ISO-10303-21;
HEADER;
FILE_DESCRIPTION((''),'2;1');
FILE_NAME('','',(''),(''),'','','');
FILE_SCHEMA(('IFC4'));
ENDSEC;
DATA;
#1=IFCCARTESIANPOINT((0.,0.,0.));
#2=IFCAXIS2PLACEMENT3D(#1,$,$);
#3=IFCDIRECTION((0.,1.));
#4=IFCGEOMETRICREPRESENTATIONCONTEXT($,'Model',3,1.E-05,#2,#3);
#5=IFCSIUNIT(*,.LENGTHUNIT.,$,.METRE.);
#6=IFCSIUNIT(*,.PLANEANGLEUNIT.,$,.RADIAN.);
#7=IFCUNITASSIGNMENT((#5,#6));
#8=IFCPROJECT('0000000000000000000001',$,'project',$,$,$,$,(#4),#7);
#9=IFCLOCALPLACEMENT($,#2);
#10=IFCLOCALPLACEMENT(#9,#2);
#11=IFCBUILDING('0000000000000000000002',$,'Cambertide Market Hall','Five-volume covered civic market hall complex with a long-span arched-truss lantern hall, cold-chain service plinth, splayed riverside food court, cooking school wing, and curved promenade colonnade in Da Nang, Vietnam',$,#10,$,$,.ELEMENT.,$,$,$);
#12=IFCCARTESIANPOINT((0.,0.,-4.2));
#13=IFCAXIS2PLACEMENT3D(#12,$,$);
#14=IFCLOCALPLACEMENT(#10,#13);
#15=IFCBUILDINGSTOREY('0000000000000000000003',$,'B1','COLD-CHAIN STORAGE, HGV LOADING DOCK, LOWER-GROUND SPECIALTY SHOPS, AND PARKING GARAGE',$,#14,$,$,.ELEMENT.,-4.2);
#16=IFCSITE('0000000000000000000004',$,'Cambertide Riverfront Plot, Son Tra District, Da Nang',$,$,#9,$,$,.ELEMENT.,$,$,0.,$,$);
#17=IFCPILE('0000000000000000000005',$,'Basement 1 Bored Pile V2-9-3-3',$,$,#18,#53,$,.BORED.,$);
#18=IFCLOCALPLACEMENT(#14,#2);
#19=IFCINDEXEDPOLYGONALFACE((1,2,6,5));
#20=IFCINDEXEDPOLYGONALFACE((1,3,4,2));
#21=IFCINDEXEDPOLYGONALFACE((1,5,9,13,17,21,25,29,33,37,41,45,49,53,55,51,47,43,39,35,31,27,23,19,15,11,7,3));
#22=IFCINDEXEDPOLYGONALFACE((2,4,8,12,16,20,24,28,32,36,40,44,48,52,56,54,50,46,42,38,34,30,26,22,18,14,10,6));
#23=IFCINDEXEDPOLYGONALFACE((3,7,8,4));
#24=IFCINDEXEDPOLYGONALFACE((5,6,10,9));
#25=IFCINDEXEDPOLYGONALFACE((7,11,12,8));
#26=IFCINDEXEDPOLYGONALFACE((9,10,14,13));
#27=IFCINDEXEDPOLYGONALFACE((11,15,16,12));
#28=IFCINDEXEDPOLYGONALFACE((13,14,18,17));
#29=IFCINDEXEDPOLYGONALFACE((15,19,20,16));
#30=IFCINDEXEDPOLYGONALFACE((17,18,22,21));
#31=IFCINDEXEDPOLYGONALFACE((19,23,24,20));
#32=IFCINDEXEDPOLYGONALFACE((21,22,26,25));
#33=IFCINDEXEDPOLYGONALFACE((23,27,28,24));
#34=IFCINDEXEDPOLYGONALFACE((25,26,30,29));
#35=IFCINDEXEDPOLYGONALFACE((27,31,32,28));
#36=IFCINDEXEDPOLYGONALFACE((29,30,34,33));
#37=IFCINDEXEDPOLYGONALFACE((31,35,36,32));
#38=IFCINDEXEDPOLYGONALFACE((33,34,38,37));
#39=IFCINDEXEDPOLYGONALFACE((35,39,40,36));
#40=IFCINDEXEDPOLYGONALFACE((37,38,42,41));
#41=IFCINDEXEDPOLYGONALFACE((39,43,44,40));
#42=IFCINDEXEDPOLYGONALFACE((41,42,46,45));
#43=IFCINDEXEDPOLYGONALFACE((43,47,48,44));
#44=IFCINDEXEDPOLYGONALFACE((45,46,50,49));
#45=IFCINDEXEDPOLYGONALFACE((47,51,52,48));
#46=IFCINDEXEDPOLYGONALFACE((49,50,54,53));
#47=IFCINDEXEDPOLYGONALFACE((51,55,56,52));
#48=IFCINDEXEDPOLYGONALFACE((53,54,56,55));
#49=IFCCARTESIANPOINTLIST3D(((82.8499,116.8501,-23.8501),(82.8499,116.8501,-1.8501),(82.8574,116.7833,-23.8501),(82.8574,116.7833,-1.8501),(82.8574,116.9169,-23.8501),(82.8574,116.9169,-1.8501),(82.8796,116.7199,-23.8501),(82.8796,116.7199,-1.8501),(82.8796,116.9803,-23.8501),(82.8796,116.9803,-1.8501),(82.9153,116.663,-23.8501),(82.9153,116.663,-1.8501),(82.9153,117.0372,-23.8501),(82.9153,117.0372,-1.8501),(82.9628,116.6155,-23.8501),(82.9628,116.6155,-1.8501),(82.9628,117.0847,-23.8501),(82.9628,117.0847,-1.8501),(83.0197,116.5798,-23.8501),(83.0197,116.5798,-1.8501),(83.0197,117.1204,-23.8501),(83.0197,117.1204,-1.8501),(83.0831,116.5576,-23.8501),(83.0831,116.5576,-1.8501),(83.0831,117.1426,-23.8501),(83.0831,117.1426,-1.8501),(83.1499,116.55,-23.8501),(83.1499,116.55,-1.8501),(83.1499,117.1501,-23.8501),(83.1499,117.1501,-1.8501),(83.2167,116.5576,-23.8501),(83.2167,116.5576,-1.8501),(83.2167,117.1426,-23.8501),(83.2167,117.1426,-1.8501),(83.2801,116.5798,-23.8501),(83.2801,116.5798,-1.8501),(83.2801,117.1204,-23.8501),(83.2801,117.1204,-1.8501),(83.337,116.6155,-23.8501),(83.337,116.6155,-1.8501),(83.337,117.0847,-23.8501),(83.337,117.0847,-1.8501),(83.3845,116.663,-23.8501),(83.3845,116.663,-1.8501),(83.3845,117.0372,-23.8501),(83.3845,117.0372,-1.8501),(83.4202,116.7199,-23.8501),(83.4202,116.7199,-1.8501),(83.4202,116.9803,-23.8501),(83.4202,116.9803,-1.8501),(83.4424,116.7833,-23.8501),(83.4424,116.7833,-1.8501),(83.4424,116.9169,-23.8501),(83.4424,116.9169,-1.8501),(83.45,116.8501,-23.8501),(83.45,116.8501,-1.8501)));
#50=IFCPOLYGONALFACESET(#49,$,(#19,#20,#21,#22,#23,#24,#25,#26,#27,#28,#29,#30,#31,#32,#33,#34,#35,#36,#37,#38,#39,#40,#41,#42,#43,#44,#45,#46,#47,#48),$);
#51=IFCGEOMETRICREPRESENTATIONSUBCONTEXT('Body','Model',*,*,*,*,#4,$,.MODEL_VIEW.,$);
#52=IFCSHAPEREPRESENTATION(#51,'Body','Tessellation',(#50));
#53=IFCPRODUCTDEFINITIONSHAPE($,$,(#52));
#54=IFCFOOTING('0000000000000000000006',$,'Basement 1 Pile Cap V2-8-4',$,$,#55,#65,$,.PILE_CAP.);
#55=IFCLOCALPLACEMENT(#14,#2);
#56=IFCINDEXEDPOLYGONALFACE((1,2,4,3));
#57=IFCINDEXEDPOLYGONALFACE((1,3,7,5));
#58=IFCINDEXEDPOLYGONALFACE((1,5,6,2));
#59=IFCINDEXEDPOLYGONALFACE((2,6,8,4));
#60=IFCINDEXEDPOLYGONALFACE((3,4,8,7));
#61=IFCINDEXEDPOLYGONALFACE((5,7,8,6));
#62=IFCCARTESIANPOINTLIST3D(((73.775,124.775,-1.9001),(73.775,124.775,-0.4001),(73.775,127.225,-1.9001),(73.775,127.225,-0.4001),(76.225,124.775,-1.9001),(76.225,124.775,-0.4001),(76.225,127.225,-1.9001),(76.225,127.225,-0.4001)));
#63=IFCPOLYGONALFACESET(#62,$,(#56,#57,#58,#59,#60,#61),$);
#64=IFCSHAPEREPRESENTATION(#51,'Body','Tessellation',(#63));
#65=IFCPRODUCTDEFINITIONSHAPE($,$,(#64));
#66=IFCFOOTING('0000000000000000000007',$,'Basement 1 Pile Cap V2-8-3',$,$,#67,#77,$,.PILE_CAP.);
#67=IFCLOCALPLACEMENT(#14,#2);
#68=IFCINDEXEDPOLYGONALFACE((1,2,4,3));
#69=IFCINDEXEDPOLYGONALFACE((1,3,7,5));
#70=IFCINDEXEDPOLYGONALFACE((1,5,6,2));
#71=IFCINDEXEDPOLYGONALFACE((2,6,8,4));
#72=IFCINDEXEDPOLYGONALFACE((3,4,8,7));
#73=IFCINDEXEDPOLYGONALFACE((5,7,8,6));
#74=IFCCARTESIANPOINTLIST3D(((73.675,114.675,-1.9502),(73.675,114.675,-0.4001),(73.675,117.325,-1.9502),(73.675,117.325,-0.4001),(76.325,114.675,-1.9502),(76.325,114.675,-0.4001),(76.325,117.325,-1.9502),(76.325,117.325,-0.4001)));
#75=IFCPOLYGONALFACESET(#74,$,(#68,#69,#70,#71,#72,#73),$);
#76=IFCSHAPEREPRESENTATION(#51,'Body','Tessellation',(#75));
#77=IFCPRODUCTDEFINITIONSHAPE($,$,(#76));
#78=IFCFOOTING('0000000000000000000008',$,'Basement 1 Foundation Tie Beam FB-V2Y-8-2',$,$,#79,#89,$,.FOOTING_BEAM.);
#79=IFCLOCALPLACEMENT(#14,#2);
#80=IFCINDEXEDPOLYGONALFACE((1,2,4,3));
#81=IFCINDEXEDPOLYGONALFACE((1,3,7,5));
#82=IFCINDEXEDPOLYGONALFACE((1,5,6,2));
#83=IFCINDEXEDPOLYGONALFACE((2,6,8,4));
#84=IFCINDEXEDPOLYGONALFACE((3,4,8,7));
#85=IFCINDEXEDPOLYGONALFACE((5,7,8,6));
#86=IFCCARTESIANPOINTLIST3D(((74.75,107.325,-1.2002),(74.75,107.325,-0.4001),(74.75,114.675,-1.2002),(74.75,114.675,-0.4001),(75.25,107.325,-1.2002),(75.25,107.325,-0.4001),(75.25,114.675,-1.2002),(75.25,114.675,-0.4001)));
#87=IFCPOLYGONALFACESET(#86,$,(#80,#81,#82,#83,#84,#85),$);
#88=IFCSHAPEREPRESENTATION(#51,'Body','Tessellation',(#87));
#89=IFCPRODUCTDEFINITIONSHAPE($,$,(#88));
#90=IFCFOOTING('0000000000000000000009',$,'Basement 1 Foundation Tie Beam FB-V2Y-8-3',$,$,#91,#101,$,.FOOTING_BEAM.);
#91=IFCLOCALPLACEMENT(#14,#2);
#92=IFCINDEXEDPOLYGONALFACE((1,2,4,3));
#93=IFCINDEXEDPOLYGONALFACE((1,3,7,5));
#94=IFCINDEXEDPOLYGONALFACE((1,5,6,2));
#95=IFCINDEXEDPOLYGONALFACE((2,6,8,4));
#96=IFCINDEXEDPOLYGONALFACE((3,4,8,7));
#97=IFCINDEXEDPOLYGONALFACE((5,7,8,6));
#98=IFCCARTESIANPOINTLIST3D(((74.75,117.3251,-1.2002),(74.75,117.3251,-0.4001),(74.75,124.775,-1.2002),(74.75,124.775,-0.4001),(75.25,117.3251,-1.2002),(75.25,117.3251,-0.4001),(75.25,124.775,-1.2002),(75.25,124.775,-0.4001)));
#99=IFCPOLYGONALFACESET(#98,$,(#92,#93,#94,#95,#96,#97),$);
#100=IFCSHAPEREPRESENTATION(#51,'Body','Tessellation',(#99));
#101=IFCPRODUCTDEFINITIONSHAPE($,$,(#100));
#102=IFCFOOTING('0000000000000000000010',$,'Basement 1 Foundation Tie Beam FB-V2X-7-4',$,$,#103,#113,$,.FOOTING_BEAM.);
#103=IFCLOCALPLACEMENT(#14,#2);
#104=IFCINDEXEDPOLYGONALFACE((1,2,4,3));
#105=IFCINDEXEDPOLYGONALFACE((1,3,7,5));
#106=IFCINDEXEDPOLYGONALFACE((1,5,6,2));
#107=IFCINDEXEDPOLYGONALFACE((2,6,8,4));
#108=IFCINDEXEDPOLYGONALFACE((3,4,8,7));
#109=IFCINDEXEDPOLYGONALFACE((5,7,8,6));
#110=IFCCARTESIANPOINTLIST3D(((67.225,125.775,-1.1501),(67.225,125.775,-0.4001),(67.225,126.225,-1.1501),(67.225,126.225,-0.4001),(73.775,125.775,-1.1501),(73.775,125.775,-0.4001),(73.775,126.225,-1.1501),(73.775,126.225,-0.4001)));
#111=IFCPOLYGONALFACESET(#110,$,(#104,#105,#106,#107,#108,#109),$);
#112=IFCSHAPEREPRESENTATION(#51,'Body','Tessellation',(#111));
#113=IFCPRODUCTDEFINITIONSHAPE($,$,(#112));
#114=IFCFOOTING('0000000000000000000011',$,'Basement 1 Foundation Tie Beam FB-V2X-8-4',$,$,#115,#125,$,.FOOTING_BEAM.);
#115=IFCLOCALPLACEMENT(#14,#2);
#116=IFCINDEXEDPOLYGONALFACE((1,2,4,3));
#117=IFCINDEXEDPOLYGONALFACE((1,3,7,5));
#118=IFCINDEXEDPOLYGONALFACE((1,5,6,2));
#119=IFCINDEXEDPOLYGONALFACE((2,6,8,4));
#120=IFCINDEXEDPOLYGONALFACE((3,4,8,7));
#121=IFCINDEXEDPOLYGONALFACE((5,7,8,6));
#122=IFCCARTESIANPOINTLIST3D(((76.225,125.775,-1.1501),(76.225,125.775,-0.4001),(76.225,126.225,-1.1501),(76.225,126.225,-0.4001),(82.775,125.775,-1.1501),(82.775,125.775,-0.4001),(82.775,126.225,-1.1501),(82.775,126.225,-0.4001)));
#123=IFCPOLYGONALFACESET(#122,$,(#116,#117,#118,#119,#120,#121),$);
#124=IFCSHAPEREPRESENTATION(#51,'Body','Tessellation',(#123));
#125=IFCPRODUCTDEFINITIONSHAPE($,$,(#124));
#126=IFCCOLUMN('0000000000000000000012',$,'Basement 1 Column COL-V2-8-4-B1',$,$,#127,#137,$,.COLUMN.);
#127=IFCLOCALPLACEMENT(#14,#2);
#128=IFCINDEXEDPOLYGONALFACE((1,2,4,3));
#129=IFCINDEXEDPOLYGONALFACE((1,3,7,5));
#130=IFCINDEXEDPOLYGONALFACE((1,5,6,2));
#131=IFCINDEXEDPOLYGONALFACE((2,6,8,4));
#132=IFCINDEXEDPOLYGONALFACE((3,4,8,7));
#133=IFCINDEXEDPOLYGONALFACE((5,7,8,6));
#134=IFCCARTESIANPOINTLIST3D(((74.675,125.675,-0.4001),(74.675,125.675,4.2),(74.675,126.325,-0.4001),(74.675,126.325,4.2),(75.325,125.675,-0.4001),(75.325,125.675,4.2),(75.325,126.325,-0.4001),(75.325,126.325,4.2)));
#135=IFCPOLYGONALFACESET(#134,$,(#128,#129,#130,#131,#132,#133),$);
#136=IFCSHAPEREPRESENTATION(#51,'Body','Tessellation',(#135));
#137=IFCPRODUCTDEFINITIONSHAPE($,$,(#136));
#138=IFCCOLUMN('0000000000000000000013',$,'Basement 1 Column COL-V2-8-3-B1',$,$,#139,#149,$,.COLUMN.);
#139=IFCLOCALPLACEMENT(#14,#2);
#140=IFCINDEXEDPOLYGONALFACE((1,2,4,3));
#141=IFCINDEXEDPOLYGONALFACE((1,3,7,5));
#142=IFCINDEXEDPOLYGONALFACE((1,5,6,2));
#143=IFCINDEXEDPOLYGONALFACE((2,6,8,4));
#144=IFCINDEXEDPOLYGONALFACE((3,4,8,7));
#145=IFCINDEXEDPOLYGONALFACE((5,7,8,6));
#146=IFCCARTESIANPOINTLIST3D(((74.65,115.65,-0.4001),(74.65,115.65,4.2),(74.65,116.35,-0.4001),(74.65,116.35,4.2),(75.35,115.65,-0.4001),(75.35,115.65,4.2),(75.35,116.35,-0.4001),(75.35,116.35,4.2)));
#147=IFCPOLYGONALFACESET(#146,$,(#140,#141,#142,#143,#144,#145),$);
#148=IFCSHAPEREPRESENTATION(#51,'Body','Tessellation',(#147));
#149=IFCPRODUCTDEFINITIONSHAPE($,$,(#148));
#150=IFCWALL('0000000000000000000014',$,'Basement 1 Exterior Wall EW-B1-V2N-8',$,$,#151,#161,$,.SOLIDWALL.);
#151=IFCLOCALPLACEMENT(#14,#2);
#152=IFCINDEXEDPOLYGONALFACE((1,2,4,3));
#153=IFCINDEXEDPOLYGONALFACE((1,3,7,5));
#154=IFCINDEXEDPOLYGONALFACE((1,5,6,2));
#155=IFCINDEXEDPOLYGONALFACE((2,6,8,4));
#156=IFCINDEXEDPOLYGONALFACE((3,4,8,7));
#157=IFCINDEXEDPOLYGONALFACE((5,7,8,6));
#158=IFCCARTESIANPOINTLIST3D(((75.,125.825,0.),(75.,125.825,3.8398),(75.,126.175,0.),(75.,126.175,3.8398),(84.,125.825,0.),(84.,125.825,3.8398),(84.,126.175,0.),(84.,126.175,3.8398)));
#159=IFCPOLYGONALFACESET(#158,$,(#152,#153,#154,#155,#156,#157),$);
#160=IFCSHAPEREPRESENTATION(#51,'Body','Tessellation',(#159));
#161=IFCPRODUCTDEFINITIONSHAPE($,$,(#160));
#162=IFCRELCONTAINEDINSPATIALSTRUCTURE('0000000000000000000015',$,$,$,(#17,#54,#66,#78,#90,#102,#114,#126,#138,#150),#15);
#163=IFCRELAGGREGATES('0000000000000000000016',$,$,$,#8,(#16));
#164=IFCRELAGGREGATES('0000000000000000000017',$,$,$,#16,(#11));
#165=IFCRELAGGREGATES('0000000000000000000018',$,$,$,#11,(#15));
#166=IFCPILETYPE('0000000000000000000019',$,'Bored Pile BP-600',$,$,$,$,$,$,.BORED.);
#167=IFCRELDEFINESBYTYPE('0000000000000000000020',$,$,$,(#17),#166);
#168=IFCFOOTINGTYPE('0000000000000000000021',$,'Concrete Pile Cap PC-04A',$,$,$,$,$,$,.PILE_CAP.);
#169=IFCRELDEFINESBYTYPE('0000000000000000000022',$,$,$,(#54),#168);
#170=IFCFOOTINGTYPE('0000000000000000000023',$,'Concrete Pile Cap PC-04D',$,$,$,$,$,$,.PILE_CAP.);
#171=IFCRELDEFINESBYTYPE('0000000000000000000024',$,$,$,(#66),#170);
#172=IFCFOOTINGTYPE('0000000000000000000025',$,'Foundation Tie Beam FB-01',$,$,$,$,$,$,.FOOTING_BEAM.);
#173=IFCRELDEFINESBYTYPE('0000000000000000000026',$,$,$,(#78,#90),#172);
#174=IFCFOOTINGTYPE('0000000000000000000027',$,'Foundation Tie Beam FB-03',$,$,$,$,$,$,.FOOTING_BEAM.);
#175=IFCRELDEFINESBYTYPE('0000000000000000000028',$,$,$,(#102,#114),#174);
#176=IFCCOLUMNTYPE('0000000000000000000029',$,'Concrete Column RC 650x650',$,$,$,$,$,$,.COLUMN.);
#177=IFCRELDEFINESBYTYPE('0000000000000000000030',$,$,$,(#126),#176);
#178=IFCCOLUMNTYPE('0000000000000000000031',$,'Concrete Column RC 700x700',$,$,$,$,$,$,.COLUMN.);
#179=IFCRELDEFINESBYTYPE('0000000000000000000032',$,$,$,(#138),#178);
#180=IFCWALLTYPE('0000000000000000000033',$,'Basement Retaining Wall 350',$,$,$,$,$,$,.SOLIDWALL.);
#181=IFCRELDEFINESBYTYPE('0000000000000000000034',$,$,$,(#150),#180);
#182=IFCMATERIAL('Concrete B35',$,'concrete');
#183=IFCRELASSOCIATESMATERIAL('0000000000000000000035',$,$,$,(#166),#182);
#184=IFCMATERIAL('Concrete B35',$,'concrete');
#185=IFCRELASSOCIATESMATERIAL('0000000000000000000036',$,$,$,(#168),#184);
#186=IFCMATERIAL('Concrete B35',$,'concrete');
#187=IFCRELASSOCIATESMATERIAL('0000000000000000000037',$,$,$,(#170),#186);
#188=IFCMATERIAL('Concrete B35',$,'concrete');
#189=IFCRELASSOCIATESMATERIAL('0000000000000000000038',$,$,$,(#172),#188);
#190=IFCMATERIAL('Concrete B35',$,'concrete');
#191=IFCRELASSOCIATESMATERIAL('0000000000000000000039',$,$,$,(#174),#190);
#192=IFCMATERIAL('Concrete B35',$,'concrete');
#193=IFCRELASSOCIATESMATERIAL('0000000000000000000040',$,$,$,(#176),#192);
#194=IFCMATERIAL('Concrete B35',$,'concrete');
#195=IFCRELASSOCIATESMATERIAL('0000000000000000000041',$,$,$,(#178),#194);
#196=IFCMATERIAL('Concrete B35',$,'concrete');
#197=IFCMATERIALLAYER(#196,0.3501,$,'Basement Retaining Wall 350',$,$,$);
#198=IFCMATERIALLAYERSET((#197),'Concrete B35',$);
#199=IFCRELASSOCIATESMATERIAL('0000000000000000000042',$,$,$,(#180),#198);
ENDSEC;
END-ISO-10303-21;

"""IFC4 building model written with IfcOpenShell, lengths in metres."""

from ifc_helpers import new_model, si_unit, direction, frame, frame_2d, origin, origin_2d, place, context, subcontext, project, spatial, rectangle, circle, extrude, material, layer, layer_set, material_profile, profile_set, type_object, element, save


model = new_model("IFC4")

# Units and contexts
model_context = context("Model", 3, precision=1e-05, world=origin(), true_north=direction((0.0, 1.0)))
body_context = subcontext(model_context, "Body", "Model", "MODEL_VIEW")
ifc_project = project(units=[si_unit("LENGTHUNIT", "METRE"), si_unit("PLANEANGLEUNIT", "RADIAN")], contexts=[model_context])

# Site, building, storey
site_placement = place(None, origin())
site = spatial("IfcSite", under=ifc_project, at=site_placement, Name="Cambertide Riverfront Plot, Son Tra District, Da Nang", CompositionType="ELEMENT", RefElevation=0.0)
building_placement = place(site_placement, origin())
building = spatial("IfcBuilding", under=site, at=building_placement, Name="Cambertide Market Hall", Description="Five-volume covered civic market hall complex with a long-span arched-truss lantern hall, cold-chain service plinth, splayed riverside food court, cooking school wing, and curved promenade colonnade in Da Nang, Vietnam", CompositionType="ELEMENT")
storey_placement = place(building_placement, frame((0.0, 0.0, -4.2)))
storey = spatial("IfcBuildingStorey", under=building, at=storey_placement, Name="B1", Description="COLD-CHAIN STORAGE, HGV LOADING DOCK, LOWER-GROUND SPECIALTY SHOPS, AND PARKING GARAGE", CompositionType="ELEMENT", Elevation=-4.2)

# Pile
ifc_material_1 = material(Name="Concrete B35", Category="concrete")
ifc_material_profile_1 = material_profile(ifc_material_1, circle(Radius=0.3, at=origin_2d()), Name="BP D600")
ifc_profile_set_1 = profile_set([ifc_material_profile_1], Name="Concrete B35")
pile_type = type_object("IfcPileType", Name="Bored Pile BP-600", PredefinedType="BORED", material=ifc_profile_set_1)
for number, where, z_axis, x_axis, name in (
    (1, (83.1499, 116.8501, -1.8501), (0.0, 0.0, -1.0), (1.0, 0.0, 0.0), "Basement 1 Bored Pile V2-9-3-3"),
):
    element("IfcPile", number, at=place(storey_placement, frame(where, z_axis=z_axis, x_axis=x_axis)), inside=storey, type_object=pile_type, Name=name, PredefinedType="BORED", context=body_context, shape_type="SweptSolid", body=[
        extrude(circle(Radius=0.3, at=origin_2d()), origin(), (0.0, 0.0, 1.0), 22.0),
    ])

# Footings
ifc_material_2 = material(Name="Concrete B35", Category="concrete")
footing_type_1 = type_object("IfcFootingType", Name="Concrete Pile Cap PC-04A", PredefinedType="PILE_CAP", material=ifc_material_2)
footing_1_placement = place(storey_placement, frame((75.0, 126.0, -1.9001), z_axis=(0.0, 0.0, 1.0), x_axis=(1.0, 0.0, 0.0)))
element("IfcFooting", 2, at=footing_1_placement, inside=storey, type_object=footing_type_1, Name="Basement 1 Pile Cap V2-8-4", PredefinedType="PILE_CAP", context=body_context, shape_type="SweptSolid", body=[
    extrude(rectangle(XDim=2.45, YDim=2.45, at=origin_2d()), origin(), (0.0, 0.0, 1.0), 1.5),
])
ifc_material_3 = material(Name="Concrete B35", Category="concrete")
footing_type_2 = type_object("IfcFootingType", Name="Concrete Pile Cap PC-04D", PredefinedType="PILE_CAP", material=ifc_material_3)
footing_2_placement = place(storey_placement, frame((75.0, 116.0, -1.9502), z_axis=(0.0, 0.0, 1.0), x_axis=(1.0, 0.0, 0.0)))
element("IfcFooting", 3, at=footing_2_placement, inside=storey, type_object=footing_type_2, Name="Basement 1 Pile Cap V2-8-3", PredefinedType="PILE_CAP", context=body_context, shape_type="SweptSolid", body=[
    extrude(rectangle(XDim=2.6499, YDim=2.6499, at=origin_2d()), origin(), (0.0, 0.0, 1.0), 1.55),
])
ifc_material_4 = material(Name="Concrete B35", Category="concrete")
footing_type_3 = type_object("IfcFootingType", Name="Foundation Tie Beam FB-01", PredefinedType="FOOTING_BEAM", material=ifc_material_4)
footing_3_placement = place(storey_placement, frame((75.0, 111.0, -1.2002), z_axis=(0.0, 0.0, 1.0), x_axis=(0.0, 1.0, 0.0)))
element("IfcFooting", 4, at=footing_3_placement, inside=storey, type_object=footing_type_3, Name="Basement 1 Foundation Tie Beam FB-V2Y-8-2", PredefinedType="FOOTING_BEAM", context=body_context, shape_type="SweptSolid", body=[
    extrude(rectangle(XDim=7.3501, YDim=0.5, at=origin_2d()), origin(), (0.0, 0.0, 1.0), 0.8),
])
footing_4_placement = place(storey_placement, frame((75.0, 121.05, -1.2002), z_axis=(0.0, 0.0, 1.0), x_axis=(0.0, 1.0, 0.0)))
element("IfcFooting", 5, at=footing_4_placement, inside=storey, type_object=footing_type_3, Name="Basement 1 Foundation Tie Beam FB-V2Y-8-3", PredefinedType="FOOTING_BEAM", context=body_context, shape_type="SweptSolid", body=[
    extrude(rectangle(XDim=7.45, YDim=0.5, at=origin_2d()), origin(), (0.0, 0.0, 1.0), 0.8),
])
ifc_material_5 = material(Name="Concrete B35", Category="concrete")
footing_type_4 = type_object("IfcFootingType", Name="Foundation Tie Beam FB-03", PredefinedType="FOOTING_BEAM", material=ifc_material_5)
for number, where, z_axis, x_axis, name in (
    (6, (70.5, 126.0, -1.1501), (0.0, 0.0, 1.0), (1.0, 0.0, 0.0), "Basement 1 Foundation Tie Beam FB-V2X-7-4"),
    (7, (79.5, 126.0, -1.1501), (0.0, 0.0, 1.0), (1.0, 0.0, 0.0), "Basement 1 Foundation Tie Beam FB-V2X-8-4"),
):
    element("IfcFooting", number, at=place(storey_placement, frame(where, z_axis=z_axis, x_axis=x_axis)), inside=storey, type_object=footing_type_4, Name=name, PredefinedType="FOOTING_BEAM", context=body_context, shape_type="SweptSolid", body=[
        extrude(rectangle(XDim=6.55, YDim=0.45, at=origin_2d()), origin(), (0.0, 0.0, 1.0), 0.75),
    ])

# Columns
ifc_material_6 = material(Name="Concrete B35", Category="concrete")
ifc_material_profile_2 = material_profile(ifc_material_6, rectangle(XDim=0.6499, YDim=0.6499, at=origin_2d()), Name="RC 650x650")
ifc_profile_set_2 = profile_set([ifc_material_profile_2], Name="Concrete B35")
column_type_1 = type_object("IfcColumnType", Name="Concrete Column RC 650x650", PredefinedType="COLUMN", material=ifc_profile_set_2)
column_1_placement = place(storey_placement, frame((75.0, 126.0, -0.4001), z_axis=(0.0, 0.0, 1.0), x_axis=(1.0, 0.0, 0.0)))
element("IfcColumn", 8, at=column_1_placement, inside=storey, type_object=column_type_1, Name="Basement 1 Column COL-V2-8-4-B1", PredefinedType="COLUMN", context=body_context, shape_type="SweptSolid", body=[
    extrude(rectangle(XDim=0.6499, YDim=0.6499, at=origin_2d()), origin(), (0.0, 0.0, 1.0), 4.6001),
])
ifc_material_7 = material(Name="Concrete B35", Category="concrete")
ifc_material_profile_3 = material_profile(ifc_material_7, rectangle(XDim=0.7, YDim=0.7, at=origin_2d()), Name="RC 700x700")
ifc_profile_set_3 = profile_set([ifc_material_profile_3], Name="Concrete B35")
column_type_2 = type_object("IfcColumnType", Name="Concrete Column RC 700x700", PredefinedType="COLUMN", material=ifc_profile_set_3)
column_2_placement = place(storey_placement, frame((75.0, 116.0, -0.4001), z_axis=(0.0, 0.0, 1.0), x_axis=(1.0, 0.0, 0.0)))
element("IfcColumn", 9, at=column_2_placement, inside=storey, type_object=column_type_2, Name="Basement 1 Column COL-V2-8-3-B1", PredefinedType="COLUMN", context=body_context, shape_type="SweptSolid", body=[
    extrude(rectangle(XDim=0.7, YDim=0.7, at=origin_2d()), origin(), (0.0, 0.0, 1.0), 4.6001),
])

# Wall
ifc_material_8 = material(Name="Concrete B35", Category="concrete")
ifc_layer_1 = layer(ifc_material_8, 0.3501, Name="Basement Retaining Wall 350")
ifc_layer_set_1 = layer_set([ifc_layer_1], Name="Concrete B35")
wall_type_1 = type_object("IfcWallType", Name="Basement Retaining Wall 350", PredefinedType="SOLIDWALL", material=ifc_layer_set_1)
wall_1_placement = place(storey_placement, frame((75.0, 126.0, 0.0), z_axis=(0.0, 0.0, 1.0), x_axis=(1.0, 0.0, 0.0)))
element("IfcWall", 10, at=wall_1_placement, inside=storey, type_object=wall_type_1, Name="Basement 1 Exterior Wall EW-B1-V2N-8", PredefinedType="SOLIDWALL", context=body_context, shape_type="SweptSolid", body=[
    extrude(rectangle(XDim=9.0, YDim=0.3501, at=frame_2d((4.5, 0.0))), origin(), (0.0, 0.0, 1.0), 3.8398),
])

save(model, "model.ifc")
